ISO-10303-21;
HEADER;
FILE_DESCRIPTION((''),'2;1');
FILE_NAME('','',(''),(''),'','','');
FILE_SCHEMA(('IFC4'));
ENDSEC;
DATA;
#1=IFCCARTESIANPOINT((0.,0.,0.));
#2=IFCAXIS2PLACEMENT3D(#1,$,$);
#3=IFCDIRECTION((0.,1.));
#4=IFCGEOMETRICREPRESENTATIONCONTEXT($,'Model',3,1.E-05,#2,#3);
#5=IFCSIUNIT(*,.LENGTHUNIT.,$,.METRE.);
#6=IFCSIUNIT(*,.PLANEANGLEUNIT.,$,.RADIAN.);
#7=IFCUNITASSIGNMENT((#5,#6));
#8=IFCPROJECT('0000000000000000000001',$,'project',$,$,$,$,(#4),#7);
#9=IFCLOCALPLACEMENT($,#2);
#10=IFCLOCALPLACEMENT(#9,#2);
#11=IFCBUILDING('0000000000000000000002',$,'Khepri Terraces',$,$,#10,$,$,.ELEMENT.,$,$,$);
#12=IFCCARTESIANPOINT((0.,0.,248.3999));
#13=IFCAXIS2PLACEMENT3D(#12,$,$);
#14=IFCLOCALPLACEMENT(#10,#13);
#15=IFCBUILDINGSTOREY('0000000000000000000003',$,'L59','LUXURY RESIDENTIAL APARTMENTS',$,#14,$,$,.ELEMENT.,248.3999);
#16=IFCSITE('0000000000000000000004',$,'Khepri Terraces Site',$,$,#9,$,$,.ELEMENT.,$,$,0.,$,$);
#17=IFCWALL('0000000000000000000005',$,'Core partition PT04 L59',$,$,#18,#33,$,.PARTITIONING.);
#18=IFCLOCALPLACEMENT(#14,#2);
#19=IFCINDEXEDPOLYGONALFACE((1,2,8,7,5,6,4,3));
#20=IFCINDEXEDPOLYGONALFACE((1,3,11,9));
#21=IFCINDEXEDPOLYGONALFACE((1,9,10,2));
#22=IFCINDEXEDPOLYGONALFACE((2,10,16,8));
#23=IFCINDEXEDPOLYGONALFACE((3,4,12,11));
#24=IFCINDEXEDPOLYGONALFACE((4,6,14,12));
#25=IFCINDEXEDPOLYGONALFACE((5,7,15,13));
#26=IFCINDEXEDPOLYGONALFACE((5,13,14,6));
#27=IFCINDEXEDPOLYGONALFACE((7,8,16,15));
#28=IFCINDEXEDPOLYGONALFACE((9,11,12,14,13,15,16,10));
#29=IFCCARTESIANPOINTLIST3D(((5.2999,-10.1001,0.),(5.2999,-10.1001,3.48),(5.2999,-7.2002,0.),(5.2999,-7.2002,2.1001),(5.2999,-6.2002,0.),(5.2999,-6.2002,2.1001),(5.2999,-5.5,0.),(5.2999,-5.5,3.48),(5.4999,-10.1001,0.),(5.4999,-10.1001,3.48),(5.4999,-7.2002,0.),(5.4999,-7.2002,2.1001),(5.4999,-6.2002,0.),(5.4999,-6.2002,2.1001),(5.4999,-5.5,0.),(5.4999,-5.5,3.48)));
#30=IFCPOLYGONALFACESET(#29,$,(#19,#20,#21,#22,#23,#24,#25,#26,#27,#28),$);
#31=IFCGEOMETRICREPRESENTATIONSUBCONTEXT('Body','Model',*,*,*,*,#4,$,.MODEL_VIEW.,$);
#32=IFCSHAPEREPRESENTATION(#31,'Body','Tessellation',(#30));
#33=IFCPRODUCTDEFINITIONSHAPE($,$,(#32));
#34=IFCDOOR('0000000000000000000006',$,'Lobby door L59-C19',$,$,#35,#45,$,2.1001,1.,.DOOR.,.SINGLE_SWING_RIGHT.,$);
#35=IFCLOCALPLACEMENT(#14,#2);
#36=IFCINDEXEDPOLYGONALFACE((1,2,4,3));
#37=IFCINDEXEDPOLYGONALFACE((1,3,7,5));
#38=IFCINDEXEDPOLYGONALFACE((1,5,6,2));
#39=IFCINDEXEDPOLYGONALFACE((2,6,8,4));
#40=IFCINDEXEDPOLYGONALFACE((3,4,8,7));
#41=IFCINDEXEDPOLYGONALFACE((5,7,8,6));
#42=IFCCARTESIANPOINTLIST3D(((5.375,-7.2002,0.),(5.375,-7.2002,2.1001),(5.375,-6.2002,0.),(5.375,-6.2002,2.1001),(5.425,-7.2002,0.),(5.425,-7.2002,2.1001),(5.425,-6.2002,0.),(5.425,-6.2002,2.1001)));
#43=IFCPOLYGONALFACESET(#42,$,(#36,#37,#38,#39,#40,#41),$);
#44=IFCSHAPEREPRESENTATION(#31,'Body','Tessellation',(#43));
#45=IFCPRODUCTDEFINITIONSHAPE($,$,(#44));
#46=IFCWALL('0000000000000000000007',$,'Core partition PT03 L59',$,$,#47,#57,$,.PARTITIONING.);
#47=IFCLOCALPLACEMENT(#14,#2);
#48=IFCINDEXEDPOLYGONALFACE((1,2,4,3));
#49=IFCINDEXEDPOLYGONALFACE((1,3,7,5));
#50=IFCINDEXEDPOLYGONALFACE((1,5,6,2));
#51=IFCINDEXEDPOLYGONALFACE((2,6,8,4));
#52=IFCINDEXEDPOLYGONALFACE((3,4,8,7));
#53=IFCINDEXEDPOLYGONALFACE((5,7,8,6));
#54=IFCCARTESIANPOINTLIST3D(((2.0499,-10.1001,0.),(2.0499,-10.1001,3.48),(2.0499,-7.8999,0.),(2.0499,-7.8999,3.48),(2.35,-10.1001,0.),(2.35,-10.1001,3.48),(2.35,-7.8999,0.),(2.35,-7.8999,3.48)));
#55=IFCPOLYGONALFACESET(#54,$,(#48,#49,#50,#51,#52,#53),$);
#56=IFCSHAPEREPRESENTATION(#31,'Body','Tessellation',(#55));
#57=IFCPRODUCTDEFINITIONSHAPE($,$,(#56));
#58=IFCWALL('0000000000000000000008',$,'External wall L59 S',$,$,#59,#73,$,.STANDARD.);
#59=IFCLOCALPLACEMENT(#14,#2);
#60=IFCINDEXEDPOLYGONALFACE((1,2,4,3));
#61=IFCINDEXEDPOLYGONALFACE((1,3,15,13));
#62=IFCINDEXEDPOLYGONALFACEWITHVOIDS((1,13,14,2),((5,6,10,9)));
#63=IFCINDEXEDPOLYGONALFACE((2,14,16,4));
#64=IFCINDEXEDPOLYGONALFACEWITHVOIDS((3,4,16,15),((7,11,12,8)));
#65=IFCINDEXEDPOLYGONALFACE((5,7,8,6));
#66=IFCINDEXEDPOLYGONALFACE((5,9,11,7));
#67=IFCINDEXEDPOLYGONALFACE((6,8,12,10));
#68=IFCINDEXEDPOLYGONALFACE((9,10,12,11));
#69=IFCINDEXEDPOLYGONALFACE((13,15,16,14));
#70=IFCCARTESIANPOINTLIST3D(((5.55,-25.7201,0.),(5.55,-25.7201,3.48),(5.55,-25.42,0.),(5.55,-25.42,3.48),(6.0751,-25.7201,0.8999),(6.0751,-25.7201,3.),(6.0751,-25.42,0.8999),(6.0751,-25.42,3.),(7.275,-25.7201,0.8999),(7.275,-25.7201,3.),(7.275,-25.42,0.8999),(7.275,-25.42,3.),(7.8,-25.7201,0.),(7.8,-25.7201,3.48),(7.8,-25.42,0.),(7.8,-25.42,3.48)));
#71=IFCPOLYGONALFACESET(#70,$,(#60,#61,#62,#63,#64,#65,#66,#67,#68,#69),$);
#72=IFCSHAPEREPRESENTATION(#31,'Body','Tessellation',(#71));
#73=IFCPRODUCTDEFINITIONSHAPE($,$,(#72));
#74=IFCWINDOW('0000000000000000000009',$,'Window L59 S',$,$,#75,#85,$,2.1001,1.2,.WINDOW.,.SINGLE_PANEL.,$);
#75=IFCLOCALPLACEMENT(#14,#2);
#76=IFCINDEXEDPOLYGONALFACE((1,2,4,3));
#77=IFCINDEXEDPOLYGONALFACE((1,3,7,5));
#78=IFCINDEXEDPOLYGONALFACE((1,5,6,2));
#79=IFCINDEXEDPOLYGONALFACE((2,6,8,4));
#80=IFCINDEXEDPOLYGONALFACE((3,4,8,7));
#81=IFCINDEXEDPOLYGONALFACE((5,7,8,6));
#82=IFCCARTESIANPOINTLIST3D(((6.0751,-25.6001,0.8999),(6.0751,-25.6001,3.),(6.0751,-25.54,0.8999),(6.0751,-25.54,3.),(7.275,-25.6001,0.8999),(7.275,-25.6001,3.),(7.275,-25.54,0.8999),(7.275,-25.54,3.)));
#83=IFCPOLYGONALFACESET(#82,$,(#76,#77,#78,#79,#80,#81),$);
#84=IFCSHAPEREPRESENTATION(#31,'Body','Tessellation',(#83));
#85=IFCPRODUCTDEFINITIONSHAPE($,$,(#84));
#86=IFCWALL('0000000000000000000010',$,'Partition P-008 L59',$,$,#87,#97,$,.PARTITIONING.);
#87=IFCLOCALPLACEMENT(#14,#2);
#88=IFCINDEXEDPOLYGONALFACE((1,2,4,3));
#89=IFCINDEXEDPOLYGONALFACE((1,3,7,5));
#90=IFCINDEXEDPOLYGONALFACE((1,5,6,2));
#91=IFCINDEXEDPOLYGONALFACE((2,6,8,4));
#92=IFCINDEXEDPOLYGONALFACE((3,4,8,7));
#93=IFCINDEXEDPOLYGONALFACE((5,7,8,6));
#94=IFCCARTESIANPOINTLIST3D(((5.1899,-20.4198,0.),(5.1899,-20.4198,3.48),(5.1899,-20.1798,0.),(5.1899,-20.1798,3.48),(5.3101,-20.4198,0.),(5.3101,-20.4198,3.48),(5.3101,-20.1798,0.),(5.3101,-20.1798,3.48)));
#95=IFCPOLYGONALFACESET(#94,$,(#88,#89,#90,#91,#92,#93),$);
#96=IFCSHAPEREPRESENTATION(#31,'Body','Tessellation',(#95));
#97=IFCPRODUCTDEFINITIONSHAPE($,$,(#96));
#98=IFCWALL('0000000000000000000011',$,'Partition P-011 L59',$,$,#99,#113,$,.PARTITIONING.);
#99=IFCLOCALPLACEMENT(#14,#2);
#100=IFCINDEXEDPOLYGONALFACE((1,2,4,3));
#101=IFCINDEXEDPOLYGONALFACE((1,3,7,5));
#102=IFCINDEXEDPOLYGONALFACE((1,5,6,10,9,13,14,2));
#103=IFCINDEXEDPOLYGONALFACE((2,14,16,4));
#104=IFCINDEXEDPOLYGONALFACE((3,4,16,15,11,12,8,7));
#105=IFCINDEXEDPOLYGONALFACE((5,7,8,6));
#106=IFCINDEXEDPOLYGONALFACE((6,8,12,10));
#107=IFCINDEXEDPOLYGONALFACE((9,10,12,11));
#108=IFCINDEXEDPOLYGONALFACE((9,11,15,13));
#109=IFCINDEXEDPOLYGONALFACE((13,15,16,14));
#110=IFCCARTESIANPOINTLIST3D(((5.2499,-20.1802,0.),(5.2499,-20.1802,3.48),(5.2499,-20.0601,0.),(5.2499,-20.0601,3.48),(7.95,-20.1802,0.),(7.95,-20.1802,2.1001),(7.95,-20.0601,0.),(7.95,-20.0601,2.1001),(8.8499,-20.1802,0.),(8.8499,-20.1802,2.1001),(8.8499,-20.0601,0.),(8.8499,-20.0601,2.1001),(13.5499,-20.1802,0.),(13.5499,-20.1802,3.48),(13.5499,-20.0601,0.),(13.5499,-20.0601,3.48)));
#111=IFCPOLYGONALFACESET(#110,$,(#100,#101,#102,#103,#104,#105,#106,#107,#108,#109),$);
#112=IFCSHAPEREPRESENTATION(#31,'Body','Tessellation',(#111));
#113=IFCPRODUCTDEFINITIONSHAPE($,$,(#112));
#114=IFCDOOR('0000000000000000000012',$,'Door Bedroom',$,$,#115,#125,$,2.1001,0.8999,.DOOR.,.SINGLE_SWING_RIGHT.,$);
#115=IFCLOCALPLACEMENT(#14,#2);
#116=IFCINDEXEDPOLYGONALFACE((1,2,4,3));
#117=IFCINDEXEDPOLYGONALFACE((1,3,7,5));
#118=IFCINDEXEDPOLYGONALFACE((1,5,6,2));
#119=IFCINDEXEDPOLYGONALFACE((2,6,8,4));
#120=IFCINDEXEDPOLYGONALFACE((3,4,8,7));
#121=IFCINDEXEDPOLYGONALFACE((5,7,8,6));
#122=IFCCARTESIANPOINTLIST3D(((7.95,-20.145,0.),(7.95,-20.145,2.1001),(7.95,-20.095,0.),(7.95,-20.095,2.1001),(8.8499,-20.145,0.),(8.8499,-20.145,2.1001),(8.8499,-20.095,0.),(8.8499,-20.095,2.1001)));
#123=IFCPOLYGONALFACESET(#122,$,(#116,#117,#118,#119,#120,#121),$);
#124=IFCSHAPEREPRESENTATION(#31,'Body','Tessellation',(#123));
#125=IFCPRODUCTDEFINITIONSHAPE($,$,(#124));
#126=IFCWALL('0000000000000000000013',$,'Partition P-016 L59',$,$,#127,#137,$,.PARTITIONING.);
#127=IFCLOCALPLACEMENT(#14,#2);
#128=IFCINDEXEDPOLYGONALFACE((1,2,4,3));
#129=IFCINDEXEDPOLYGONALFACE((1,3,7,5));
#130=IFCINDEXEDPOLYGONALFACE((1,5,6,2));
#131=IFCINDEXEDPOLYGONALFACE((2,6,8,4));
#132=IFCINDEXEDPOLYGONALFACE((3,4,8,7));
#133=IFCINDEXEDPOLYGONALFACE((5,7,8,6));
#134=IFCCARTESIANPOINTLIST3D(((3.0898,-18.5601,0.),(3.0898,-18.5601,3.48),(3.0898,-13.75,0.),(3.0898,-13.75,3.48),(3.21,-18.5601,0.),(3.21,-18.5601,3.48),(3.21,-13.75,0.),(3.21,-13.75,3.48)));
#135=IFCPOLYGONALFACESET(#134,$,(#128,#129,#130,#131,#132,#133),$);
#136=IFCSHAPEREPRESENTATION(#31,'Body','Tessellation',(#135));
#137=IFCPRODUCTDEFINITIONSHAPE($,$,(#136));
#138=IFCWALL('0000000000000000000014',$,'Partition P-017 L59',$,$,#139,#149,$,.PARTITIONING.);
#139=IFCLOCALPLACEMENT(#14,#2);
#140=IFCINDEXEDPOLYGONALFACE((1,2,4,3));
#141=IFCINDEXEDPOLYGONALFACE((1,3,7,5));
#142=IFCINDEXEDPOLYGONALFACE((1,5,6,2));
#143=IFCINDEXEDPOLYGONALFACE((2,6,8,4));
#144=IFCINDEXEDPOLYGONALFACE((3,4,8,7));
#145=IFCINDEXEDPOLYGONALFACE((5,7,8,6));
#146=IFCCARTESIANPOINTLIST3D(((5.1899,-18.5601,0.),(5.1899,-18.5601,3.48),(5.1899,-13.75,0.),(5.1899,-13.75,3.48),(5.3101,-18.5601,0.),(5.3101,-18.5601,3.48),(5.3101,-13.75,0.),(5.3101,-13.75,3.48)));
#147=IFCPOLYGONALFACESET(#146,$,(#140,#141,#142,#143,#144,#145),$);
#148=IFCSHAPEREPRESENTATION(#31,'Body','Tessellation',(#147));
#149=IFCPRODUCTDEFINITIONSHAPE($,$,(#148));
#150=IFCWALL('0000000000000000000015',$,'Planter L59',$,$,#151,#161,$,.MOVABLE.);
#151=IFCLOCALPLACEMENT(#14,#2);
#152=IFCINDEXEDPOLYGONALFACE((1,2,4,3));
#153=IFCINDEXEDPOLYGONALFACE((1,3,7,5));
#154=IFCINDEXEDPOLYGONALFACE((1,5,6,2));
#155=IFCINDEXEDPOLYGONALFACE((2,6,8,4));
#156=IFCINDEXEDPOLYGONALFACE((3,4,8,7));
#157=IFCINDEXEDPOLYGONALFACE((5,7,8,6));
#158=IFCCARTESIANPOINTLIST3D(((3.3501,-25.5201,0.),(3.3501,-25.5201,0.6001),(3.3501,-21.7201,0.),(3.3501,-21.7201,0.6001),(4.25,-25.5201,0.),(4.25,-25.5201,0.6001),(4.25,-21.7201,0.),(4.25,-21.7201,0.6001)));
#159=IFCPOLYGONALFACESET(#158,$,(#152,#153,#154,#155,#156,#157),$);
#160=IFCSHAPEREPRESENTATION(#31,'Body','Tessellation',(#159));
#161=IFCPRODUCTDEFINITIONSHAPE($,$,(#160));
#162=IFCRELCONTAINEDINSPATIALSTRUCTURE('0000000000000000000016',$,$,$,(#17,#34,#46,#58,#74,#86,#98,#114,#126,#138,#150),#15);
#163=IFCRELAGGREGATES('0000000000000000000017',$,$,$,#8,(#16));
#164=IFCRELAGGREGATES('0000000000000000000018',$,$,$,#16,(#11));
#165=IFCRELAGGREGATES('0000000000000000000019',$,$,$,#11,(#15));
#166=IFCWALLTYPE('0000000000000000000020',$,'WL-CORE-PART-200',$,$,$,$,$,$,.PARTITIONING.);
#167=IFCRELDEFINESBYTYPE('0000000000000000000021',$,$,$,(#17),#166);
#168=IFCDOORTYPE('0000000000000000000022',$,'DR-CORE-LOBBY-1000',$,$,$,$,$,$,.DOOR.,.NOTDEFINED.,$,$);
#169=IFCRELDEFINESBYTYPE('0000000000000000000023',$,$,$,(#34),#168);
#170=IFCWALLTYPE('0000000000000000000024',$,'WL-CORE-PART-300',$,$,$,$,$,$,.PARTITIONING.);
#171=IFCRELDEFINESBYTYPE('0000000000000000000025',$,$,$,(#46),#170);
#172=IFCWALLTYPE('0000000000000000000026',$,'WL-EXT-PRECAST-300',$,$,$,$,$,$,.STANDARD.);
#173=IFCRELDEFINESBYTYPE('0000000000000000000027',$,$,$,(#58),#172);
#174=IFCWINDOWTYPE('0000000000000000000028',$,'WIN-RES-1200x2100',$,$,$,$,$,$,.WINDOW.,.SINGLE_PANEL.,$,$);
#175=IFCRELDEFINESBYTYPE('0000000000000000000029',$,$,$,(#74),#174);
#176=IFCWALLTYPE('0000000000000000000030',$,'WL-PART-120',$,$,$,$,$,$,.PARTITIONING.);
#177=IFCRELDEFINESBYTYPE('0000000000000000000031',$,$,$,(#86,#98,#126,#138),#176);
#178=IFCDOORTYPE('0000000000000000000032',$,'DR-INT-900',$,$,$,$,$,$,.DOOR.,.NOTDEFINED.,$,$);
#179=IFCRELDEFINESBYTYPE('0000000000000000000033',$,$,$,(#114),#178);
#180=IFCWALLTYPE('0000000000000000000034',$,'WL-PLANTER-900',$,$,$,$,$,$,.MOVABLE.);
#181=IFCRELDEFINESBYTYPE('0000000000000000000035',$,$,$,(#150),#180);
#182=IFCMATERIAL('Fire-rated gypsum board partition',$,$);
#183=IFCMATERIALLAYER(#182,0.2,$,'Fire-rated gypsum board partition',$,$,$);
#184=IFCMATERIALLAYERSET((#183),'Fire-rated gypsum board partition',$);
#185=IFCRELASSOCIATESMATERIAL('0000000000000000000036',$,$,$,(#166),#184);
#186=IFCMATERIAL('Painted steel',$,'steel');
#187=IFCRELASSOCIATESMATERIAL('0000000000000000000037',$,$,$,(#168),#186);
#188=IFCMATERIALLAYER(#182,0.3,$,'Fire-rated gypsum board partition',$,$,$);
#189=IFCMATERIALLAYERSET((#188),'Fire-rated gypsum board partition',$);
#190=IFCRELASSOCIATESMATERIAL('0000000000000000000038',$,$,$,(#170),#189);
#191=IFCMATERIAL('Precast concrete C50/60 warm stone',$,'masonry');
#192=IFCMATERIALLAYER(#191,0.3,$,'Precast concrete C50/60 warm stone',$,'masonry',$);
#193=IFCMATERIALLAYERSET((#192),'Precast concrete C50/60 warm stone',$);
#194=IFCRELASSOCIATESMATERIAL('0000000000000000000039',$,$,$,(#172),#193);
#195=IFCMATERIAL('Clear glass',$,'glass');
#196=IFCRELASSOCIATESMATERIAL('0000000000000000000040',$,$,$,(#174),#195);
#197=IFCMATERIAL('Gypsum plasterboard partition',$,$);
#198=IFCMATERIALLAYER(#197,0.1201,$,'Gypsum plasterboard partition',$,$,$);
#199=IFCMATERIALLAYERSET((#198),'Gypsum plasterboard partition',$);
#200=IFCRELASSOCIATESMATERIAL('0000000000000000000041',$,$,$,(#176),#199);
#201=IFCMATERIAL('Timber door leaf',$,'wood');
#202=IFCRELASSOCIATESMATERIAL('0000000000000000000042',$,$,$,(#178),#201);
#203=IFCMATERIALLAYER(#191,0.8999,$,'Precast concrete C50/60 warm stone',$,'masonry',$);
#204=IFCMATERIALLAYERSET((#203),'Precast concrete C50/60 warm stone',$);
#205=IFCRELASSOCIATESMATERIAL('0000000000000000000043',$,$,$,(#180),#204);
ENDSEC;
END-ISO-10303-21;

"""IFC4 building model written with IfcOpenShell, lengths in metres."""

from ifc_helpers import new_model, si_unit, direction, frame, frame_2d, origin, place, context, subcontext, project, spatial, rectangle, extrude, material, layer, layer_set, type_object, element, fill, save


model = new_model("IFC4")

# Units and contexts
model_context = context("Model", 3, precision=1e-05, world=origin(), true_north=direction((0.0, 1.0)))
body_context = subcontext(model_context, "Body", "Model", "MODEL_VIEW")
ifc_project = project(units=[si_unit("LENGTHUNIT", "METRE"), si_unit("PLANEANGLEUNIT", "RADIAN")], contexts=[model_context])

# Site, building, storey
site_placement = place(None, origin())
site = spatial("IfcSite", under=ifc_project, at=site_placement, Name="Khepri Terraces Site", CompositionType="ELEMENT", RefElevation=0.0)
building_placement = place(site_placement, origin())
building = spatial("IfcBuilding", under=site, at=building_placement, Name="Khepri Terraces", CompositionType="ELEMENT")
storey_placement = place(building_placement, frame((0.0, 0.0, 248.3999)))
storey = spatial("IfcBuildingStorey", under=building, at=storey_placement, Name="L59", Description="LUXURY RESIDENTIAL APARTMENTS", CompositionType="ELEMENT", Elevation=248.3999)

# Shared definitions
ifc_material_1 = material(Name="Fire-rated gypsum board partition")
ifc_layer_1 = layer(ifc_material_1, 0.2, Name="Fire-rated gypsum board partition")
ifc_layer_set_1 = layer_set([ifc_layer_1], Name="Fire-rated gypsum board partition")
wall_type_1 = type_object("IfcWallType", Name="WL-CORE-PART-200", PredefinedType="PARTITIONING", material=ifc_layer_set_1)

# Wall, opening, door
wall_1_placement = place(storey_placement, frame((5.3999, -10.1001, 0.0), z_axis=(0.0, 0.0, 1.0), x_axis=(0.0, 1.0, 0.0)))
wall_1 = element("IfcWall", 1, at=wall_1_placement, inside=storey, type_object=wall_type_1, Name="Core partition PT04 L59", PredefinedType="PARTITIONING", context=body_context, shape_type="SweptSolid", body=[
    extrude(rectangle(XDim=4.6001, YDim=0.2, at=frame_2d((2.3, 0.0))), origin(), (0.0, 0.0, 1.0), 3.48),
])
opening_1_placement = place(wall_1_placement, frame((2.8999, 0.0, 0.0)))
opening_1 = element("IfcOpeningElement", 2, at=opening_1_placement, cuts=wall_1, PredefinedType="OPENING", context=body_context, shape_type="SweptSolid", body=[
    extrude(rectangle(XDim=1.0, YDim=2.1001, at=frame_2d((0.5, 1.05))), frame((0.0, 0.1099, 0.0), z_axis=(0.0, -1.0, 0.0), x_axis=(1.0, 0.0, 0.0)), (0.0, 0.0, 1.0), 0.22),
])
ifc_material_2 = material(Name="Painted steel", Category="steel")
door_type_1 = type_object("IfcDoorType", Name="DR-CORE-LOBBY-1000", OperationType="NOTDEFINED", PredefinedType="DOOR", material=ifc_material_2)
door_1_placement = place(opening_1_placement, origin())
door_1 = element("IfcDoor", 3, at=door_1_placement, inside=storey, type_object=door_type_1, Name="Lobby door L59-C19", OperationType="SINGLE_SWING_RIGHT", OverallHeight=2.1001, OverallWidth=1.0, PredefinedType="DOOR", context=body_context, shape_type="SweptSolid", body=[
    extrude(rectangle(XDim=1.0, YDim=2.1001, at=frame_2d((0.5, 1.05))), frame((0.0, 0.0249, 0.0), z_axis=(0.0, -1.0, 0.0), x_axis=(1.0, 0.0, 0.0)), (0.0, 0.0, 1.0), 0.05),
])
fill(opening_1, door_1)

# Wall
ifc_layer_2 = layer(ifc_material_1, 0.3, Name="Fire-rated gypsum board partition")
ifc_layer_set_2 = layer_set([ifc_layer_2], Name="Fire-rated gypsum board partition")
wall_type_2 = type_object("IfcWallType", Name="WL-CORE-PART-300", PredefinedType="PARTITIONING", material=ifc_layer_set_2)
wall_2_placement = place(storey_placement, frame((2.2, -10.1001, 0.0), z_axis=(0.0, 0.0, 1.0), x_axis=(0.0, 1.0, 0.0)))
element("IfcWall", 4, at=wall_2_placement, inside=storey, type_object=wall_type_2, Name="Core partition PT03 L59", PredefinedType="PARTITIONING", context=body_context, shape_type="SweptSolid", body=[
    extrude(rectangle(XDim=2.2002, YDim=0.3, at=frame_2d((1.1001, 0.0))), origin(), (0.0, 0.0, 1.0), 3.48),
])

# Shared definitions
ifc_material_3 = material(Name="Precast concrete C50/60 warm stone", Category="masonry")
ifc_layer_3 = layer(ifc_material_3, 0.3, Name="Precast concrete C50/60 warm stone", Category="masonry")
ifc_layer_set_3 = layer_set([ifc_layer_3], Name="Precast concrete C50/60 warm stone")
wall_type_3 = type_object("IfcWallType", Name="WL-EXT-PRECAST-300", PredefinedType="STANDARD", material=ifc_layer_set_3)

# Wall, opening, window
wall_3_placement = place(storey_placement, frame((5.55, -25.5701, 0.0), z_axis=(0.0, 0.0, 1.0), x_axis=(1.0, 0.0, 0.0)))
wall_3 = element("IfcWall", 5, at=wall_3_placement, inside=storey, type_object=wall_type_3, Name="External wall L59 S", PredefinedType="STANDARD", context=body_context, shape_type="SweptSolid", body=[
    extrude(rectangle(XDim=2.25, YDim=0.3, at=frame_2d((1.125, 0.0))), origin(), (0.0, 0.0, 1.0), 3.48),
])
opening_2_placement = place(wall_3_placement, frame((0.5249, 0.0, 0.8999)))
opening_2 = element("IfcOpeningElement", 6, at=opening_2_placement, cuts=wall_3, PredefinedType="OPENING", context=body_context, shape_type="SweptSolid", body=[
    extrude(rectangle(XDim=1.2, YDim=2.1001, at=frame_2d((0.6001, 1.05))), frame((0.0, 0.1602, 0.0), z_axis=(0.0, -1.0, 0.0), x_axis=(1.0, 0.0, 0.0)), (0.0, 0.0, 1.0), 0.3201),
])
ifc_material_4 = material(Name="Clear glass", Category="glass")
window_type = type_object("IfcWindowType", Name="WIN-RES-1200x2100", PartitioningType="SINGLE_PANEL", PredefinedType="WINDOW", material=ifc_material_4)
window_placement = place(opening_2_placement, origin())
window = element("IfcWindow", 7, at=window_placement, inside=storey, type_object=window_type, Name="Window L59 S", OverallHeight=2.1001, OverallWidth=1.2, PartitioningType="SINGLE_PANEL", PredefinedType="WINDOW", context=body_context, shape_type="SweptSolid", body=[
    extrude(rectangle(XDim=1.2, YDim=2.1001, at=frame_2d((0.6001, 1.05))), frame((0.0, 0.03, 0.0), z_axis=(0.0, -1.0, 0.0), x_axis=(1.0, 0.0, 0.0)), (0.0, 0.0, 1.0), 0.0601),
])
fill(opening_2, window)

# Wall
ifc_material_5 = material(Name="Gypsum plasterboard partition")
ifc_layer_4 = layer(ifc_material_5, 0.1201, Name="Gypsum plasterboard partition")
ifc_layer_set_4 = layer_set([ifc_layer_4], Name="Gypsum plasterboard partition")
wall_type_4 = type_object("IfcWallType", Name="WL-PART-120", PredefinedType="PARTITIONING", material=ifc_layer_set_4)
wall_4_placement = place(storey_placement, frame((5.25, -20.4199, 0.0), z_axis=(0.0, 0.0, 1.0), x_axis=(0.0, 1.0, 0.0)))
element("IfcWall", 8, at=wall_4_placement, inside=storey, type_object=wall_type_4, Name="Partition P-008 L59", PredefinedType="PARTITIONING", context=body_context, shape_type="SweptSolid", body=[
    extrude(rectangle(XDim=0.24, YDim=0.1201, at=frame_2d((0.1201, 0.0))), origin(), (0.0, 0.0, 1.0), 3.48),
])

# Wall, opening, door
wall_5_placement = place(storey_placement, frame((5.25, -20.1201, 0.0), z_axis=(0.0, 0.0, 1.0), x_axis=(1.0, 0.0, 0.0)))
wall_5 = element("IfcWall", 9, at=wall_5_placement, inside=storey, type_object=wall_type_4, Name="Partition P-011 L59", PredefinedType="PARTITIONING", context=body_context, shape_type="SweptSolid", body=[
    extrude(rectangle(XDim=8.3, YDim=0.1201, at=frame_2d((4.1499, 0.0))), origin(), (0.0, 0.0, 1.0), 3.48),
])
opening_3_placement = place(wall_5_placement, frame((2.7, 0.0, 0.0)))
opening_3 = element("IfcOpeningElement", 10, at=opening_3_placement, cuts=wall_5, PredefinedType="OPENING", context=body_context, shape_type="SweptSolid", body=[
    extrude(rectangle(XDim=0.8999, YDim=2.1001, at=frame_2d((0.45, 1.05))), frame((0.0, 0.0701, 0.0), z_axis=(0.0, -1.0, 0.0), x_axis=(1.0, 0.0, 0.0)), (0.0, 0.0, 1.0), 0.1401),
])
ifc_material_6 = material(Name="Timber door leaf", Category="wood")
door_type_2 = type_object("IfcDoorType", Name="DR-INT-900", OperationType="NOTDEFINED", PredefinedType="DOOR", material=ifc_material_6)
door_2_placement = place(opening_3_placement, frame((0.8999, 0.0, 0.0), z_axis=(0.0, 0.0, 1.0), x_axis=(-1.0, 0.0, 0.0)))
door_2 = element("IfcDoor", 11, at=door_2_placement, inside=storey, type_object=door_type_2, Name="Door Bedroom", OperationType="SINGLE_SWING_RIGHT", OverallHeight=2.1001, OverallWidth=0.8999, PredefinedType="DOOR", context=body_context, shape_type="SweptSolid", body=[
    extrude(rectangle(XDim=0.8999, YDim=2.1001, at=frame_2d((0.45, 1.05))), frame((0.0, 0.0249, 0.0), z_axis=(0.0, -1.0, 0.0), x_axis=(1.0, 0.0, 0.0)), (0.0, 0.0, 1.0), 0.05),
])
fill(opening_3, door_2)

# Walls
for number, where, z_axis, x_axis, name in (
    (12, (3.1499, -18.5601, 0.0), (0.0, 0.0, 1.0), (0.0, 1.0, 0.0), "Partition P-016 L59"),
    (13, (5.25, -18.5601, 0.0), (0.0, 0.0, 1.0), (0.0, 1.0, 0.0), "Partition P-017 L59"),
):
    element("IfcWall", number, at=place(storey_placement, frame(where, z_axis=z_axis, x_axis=x_axis)), inside=storey, type_object=wall_type_4, Name=name, PredefinedType="PARTITIONING", context=body_context, shape_type="SweptSolid", body=[
        extrude(rectangle(XDim=4.8101, YDim=0.1201, at=frame_2d((2.405, 0.0))), origin(), (0.0, 0.0, 1.0), 3.48),
    ])
ifc_layer_5 = layer(ifc_material_3, 0.8999, Name="Precast concrete C50/60 warm stone", Category="masonry")
ifc_layer_set_5 = layer_set([ifc_layer_5], Name="Precast concrete C50/60 warm stone")
wall_type_5 = type_object("IfcWallType", Name="WL-PLANTER-900", PredefinedType="MOVABLE", material=ifc_layer_set_5)
wall_6_placement = place(storey_placement, frame((3.8, -25.52, 0.0), z_axis=(0.0, 0.0, 1.0), x_axis=(0.0, 1.0, 0.0)))
element("IfcWall", 14, at=wall_6_placement, inside=storey, type_object=wall_type_5, Name="Planter L59", PredefinedType="MOVABLE", context=body_context, shape_type="SweptSolid", body=[
    extrude(rectangle(XDim=3.8, YDim=0.8999, at=frame_2d((1.8999, 0.0))), origin(), (0.0, 0.0, 1.0), 0.6001),
])

save(model, "model.ifc")
